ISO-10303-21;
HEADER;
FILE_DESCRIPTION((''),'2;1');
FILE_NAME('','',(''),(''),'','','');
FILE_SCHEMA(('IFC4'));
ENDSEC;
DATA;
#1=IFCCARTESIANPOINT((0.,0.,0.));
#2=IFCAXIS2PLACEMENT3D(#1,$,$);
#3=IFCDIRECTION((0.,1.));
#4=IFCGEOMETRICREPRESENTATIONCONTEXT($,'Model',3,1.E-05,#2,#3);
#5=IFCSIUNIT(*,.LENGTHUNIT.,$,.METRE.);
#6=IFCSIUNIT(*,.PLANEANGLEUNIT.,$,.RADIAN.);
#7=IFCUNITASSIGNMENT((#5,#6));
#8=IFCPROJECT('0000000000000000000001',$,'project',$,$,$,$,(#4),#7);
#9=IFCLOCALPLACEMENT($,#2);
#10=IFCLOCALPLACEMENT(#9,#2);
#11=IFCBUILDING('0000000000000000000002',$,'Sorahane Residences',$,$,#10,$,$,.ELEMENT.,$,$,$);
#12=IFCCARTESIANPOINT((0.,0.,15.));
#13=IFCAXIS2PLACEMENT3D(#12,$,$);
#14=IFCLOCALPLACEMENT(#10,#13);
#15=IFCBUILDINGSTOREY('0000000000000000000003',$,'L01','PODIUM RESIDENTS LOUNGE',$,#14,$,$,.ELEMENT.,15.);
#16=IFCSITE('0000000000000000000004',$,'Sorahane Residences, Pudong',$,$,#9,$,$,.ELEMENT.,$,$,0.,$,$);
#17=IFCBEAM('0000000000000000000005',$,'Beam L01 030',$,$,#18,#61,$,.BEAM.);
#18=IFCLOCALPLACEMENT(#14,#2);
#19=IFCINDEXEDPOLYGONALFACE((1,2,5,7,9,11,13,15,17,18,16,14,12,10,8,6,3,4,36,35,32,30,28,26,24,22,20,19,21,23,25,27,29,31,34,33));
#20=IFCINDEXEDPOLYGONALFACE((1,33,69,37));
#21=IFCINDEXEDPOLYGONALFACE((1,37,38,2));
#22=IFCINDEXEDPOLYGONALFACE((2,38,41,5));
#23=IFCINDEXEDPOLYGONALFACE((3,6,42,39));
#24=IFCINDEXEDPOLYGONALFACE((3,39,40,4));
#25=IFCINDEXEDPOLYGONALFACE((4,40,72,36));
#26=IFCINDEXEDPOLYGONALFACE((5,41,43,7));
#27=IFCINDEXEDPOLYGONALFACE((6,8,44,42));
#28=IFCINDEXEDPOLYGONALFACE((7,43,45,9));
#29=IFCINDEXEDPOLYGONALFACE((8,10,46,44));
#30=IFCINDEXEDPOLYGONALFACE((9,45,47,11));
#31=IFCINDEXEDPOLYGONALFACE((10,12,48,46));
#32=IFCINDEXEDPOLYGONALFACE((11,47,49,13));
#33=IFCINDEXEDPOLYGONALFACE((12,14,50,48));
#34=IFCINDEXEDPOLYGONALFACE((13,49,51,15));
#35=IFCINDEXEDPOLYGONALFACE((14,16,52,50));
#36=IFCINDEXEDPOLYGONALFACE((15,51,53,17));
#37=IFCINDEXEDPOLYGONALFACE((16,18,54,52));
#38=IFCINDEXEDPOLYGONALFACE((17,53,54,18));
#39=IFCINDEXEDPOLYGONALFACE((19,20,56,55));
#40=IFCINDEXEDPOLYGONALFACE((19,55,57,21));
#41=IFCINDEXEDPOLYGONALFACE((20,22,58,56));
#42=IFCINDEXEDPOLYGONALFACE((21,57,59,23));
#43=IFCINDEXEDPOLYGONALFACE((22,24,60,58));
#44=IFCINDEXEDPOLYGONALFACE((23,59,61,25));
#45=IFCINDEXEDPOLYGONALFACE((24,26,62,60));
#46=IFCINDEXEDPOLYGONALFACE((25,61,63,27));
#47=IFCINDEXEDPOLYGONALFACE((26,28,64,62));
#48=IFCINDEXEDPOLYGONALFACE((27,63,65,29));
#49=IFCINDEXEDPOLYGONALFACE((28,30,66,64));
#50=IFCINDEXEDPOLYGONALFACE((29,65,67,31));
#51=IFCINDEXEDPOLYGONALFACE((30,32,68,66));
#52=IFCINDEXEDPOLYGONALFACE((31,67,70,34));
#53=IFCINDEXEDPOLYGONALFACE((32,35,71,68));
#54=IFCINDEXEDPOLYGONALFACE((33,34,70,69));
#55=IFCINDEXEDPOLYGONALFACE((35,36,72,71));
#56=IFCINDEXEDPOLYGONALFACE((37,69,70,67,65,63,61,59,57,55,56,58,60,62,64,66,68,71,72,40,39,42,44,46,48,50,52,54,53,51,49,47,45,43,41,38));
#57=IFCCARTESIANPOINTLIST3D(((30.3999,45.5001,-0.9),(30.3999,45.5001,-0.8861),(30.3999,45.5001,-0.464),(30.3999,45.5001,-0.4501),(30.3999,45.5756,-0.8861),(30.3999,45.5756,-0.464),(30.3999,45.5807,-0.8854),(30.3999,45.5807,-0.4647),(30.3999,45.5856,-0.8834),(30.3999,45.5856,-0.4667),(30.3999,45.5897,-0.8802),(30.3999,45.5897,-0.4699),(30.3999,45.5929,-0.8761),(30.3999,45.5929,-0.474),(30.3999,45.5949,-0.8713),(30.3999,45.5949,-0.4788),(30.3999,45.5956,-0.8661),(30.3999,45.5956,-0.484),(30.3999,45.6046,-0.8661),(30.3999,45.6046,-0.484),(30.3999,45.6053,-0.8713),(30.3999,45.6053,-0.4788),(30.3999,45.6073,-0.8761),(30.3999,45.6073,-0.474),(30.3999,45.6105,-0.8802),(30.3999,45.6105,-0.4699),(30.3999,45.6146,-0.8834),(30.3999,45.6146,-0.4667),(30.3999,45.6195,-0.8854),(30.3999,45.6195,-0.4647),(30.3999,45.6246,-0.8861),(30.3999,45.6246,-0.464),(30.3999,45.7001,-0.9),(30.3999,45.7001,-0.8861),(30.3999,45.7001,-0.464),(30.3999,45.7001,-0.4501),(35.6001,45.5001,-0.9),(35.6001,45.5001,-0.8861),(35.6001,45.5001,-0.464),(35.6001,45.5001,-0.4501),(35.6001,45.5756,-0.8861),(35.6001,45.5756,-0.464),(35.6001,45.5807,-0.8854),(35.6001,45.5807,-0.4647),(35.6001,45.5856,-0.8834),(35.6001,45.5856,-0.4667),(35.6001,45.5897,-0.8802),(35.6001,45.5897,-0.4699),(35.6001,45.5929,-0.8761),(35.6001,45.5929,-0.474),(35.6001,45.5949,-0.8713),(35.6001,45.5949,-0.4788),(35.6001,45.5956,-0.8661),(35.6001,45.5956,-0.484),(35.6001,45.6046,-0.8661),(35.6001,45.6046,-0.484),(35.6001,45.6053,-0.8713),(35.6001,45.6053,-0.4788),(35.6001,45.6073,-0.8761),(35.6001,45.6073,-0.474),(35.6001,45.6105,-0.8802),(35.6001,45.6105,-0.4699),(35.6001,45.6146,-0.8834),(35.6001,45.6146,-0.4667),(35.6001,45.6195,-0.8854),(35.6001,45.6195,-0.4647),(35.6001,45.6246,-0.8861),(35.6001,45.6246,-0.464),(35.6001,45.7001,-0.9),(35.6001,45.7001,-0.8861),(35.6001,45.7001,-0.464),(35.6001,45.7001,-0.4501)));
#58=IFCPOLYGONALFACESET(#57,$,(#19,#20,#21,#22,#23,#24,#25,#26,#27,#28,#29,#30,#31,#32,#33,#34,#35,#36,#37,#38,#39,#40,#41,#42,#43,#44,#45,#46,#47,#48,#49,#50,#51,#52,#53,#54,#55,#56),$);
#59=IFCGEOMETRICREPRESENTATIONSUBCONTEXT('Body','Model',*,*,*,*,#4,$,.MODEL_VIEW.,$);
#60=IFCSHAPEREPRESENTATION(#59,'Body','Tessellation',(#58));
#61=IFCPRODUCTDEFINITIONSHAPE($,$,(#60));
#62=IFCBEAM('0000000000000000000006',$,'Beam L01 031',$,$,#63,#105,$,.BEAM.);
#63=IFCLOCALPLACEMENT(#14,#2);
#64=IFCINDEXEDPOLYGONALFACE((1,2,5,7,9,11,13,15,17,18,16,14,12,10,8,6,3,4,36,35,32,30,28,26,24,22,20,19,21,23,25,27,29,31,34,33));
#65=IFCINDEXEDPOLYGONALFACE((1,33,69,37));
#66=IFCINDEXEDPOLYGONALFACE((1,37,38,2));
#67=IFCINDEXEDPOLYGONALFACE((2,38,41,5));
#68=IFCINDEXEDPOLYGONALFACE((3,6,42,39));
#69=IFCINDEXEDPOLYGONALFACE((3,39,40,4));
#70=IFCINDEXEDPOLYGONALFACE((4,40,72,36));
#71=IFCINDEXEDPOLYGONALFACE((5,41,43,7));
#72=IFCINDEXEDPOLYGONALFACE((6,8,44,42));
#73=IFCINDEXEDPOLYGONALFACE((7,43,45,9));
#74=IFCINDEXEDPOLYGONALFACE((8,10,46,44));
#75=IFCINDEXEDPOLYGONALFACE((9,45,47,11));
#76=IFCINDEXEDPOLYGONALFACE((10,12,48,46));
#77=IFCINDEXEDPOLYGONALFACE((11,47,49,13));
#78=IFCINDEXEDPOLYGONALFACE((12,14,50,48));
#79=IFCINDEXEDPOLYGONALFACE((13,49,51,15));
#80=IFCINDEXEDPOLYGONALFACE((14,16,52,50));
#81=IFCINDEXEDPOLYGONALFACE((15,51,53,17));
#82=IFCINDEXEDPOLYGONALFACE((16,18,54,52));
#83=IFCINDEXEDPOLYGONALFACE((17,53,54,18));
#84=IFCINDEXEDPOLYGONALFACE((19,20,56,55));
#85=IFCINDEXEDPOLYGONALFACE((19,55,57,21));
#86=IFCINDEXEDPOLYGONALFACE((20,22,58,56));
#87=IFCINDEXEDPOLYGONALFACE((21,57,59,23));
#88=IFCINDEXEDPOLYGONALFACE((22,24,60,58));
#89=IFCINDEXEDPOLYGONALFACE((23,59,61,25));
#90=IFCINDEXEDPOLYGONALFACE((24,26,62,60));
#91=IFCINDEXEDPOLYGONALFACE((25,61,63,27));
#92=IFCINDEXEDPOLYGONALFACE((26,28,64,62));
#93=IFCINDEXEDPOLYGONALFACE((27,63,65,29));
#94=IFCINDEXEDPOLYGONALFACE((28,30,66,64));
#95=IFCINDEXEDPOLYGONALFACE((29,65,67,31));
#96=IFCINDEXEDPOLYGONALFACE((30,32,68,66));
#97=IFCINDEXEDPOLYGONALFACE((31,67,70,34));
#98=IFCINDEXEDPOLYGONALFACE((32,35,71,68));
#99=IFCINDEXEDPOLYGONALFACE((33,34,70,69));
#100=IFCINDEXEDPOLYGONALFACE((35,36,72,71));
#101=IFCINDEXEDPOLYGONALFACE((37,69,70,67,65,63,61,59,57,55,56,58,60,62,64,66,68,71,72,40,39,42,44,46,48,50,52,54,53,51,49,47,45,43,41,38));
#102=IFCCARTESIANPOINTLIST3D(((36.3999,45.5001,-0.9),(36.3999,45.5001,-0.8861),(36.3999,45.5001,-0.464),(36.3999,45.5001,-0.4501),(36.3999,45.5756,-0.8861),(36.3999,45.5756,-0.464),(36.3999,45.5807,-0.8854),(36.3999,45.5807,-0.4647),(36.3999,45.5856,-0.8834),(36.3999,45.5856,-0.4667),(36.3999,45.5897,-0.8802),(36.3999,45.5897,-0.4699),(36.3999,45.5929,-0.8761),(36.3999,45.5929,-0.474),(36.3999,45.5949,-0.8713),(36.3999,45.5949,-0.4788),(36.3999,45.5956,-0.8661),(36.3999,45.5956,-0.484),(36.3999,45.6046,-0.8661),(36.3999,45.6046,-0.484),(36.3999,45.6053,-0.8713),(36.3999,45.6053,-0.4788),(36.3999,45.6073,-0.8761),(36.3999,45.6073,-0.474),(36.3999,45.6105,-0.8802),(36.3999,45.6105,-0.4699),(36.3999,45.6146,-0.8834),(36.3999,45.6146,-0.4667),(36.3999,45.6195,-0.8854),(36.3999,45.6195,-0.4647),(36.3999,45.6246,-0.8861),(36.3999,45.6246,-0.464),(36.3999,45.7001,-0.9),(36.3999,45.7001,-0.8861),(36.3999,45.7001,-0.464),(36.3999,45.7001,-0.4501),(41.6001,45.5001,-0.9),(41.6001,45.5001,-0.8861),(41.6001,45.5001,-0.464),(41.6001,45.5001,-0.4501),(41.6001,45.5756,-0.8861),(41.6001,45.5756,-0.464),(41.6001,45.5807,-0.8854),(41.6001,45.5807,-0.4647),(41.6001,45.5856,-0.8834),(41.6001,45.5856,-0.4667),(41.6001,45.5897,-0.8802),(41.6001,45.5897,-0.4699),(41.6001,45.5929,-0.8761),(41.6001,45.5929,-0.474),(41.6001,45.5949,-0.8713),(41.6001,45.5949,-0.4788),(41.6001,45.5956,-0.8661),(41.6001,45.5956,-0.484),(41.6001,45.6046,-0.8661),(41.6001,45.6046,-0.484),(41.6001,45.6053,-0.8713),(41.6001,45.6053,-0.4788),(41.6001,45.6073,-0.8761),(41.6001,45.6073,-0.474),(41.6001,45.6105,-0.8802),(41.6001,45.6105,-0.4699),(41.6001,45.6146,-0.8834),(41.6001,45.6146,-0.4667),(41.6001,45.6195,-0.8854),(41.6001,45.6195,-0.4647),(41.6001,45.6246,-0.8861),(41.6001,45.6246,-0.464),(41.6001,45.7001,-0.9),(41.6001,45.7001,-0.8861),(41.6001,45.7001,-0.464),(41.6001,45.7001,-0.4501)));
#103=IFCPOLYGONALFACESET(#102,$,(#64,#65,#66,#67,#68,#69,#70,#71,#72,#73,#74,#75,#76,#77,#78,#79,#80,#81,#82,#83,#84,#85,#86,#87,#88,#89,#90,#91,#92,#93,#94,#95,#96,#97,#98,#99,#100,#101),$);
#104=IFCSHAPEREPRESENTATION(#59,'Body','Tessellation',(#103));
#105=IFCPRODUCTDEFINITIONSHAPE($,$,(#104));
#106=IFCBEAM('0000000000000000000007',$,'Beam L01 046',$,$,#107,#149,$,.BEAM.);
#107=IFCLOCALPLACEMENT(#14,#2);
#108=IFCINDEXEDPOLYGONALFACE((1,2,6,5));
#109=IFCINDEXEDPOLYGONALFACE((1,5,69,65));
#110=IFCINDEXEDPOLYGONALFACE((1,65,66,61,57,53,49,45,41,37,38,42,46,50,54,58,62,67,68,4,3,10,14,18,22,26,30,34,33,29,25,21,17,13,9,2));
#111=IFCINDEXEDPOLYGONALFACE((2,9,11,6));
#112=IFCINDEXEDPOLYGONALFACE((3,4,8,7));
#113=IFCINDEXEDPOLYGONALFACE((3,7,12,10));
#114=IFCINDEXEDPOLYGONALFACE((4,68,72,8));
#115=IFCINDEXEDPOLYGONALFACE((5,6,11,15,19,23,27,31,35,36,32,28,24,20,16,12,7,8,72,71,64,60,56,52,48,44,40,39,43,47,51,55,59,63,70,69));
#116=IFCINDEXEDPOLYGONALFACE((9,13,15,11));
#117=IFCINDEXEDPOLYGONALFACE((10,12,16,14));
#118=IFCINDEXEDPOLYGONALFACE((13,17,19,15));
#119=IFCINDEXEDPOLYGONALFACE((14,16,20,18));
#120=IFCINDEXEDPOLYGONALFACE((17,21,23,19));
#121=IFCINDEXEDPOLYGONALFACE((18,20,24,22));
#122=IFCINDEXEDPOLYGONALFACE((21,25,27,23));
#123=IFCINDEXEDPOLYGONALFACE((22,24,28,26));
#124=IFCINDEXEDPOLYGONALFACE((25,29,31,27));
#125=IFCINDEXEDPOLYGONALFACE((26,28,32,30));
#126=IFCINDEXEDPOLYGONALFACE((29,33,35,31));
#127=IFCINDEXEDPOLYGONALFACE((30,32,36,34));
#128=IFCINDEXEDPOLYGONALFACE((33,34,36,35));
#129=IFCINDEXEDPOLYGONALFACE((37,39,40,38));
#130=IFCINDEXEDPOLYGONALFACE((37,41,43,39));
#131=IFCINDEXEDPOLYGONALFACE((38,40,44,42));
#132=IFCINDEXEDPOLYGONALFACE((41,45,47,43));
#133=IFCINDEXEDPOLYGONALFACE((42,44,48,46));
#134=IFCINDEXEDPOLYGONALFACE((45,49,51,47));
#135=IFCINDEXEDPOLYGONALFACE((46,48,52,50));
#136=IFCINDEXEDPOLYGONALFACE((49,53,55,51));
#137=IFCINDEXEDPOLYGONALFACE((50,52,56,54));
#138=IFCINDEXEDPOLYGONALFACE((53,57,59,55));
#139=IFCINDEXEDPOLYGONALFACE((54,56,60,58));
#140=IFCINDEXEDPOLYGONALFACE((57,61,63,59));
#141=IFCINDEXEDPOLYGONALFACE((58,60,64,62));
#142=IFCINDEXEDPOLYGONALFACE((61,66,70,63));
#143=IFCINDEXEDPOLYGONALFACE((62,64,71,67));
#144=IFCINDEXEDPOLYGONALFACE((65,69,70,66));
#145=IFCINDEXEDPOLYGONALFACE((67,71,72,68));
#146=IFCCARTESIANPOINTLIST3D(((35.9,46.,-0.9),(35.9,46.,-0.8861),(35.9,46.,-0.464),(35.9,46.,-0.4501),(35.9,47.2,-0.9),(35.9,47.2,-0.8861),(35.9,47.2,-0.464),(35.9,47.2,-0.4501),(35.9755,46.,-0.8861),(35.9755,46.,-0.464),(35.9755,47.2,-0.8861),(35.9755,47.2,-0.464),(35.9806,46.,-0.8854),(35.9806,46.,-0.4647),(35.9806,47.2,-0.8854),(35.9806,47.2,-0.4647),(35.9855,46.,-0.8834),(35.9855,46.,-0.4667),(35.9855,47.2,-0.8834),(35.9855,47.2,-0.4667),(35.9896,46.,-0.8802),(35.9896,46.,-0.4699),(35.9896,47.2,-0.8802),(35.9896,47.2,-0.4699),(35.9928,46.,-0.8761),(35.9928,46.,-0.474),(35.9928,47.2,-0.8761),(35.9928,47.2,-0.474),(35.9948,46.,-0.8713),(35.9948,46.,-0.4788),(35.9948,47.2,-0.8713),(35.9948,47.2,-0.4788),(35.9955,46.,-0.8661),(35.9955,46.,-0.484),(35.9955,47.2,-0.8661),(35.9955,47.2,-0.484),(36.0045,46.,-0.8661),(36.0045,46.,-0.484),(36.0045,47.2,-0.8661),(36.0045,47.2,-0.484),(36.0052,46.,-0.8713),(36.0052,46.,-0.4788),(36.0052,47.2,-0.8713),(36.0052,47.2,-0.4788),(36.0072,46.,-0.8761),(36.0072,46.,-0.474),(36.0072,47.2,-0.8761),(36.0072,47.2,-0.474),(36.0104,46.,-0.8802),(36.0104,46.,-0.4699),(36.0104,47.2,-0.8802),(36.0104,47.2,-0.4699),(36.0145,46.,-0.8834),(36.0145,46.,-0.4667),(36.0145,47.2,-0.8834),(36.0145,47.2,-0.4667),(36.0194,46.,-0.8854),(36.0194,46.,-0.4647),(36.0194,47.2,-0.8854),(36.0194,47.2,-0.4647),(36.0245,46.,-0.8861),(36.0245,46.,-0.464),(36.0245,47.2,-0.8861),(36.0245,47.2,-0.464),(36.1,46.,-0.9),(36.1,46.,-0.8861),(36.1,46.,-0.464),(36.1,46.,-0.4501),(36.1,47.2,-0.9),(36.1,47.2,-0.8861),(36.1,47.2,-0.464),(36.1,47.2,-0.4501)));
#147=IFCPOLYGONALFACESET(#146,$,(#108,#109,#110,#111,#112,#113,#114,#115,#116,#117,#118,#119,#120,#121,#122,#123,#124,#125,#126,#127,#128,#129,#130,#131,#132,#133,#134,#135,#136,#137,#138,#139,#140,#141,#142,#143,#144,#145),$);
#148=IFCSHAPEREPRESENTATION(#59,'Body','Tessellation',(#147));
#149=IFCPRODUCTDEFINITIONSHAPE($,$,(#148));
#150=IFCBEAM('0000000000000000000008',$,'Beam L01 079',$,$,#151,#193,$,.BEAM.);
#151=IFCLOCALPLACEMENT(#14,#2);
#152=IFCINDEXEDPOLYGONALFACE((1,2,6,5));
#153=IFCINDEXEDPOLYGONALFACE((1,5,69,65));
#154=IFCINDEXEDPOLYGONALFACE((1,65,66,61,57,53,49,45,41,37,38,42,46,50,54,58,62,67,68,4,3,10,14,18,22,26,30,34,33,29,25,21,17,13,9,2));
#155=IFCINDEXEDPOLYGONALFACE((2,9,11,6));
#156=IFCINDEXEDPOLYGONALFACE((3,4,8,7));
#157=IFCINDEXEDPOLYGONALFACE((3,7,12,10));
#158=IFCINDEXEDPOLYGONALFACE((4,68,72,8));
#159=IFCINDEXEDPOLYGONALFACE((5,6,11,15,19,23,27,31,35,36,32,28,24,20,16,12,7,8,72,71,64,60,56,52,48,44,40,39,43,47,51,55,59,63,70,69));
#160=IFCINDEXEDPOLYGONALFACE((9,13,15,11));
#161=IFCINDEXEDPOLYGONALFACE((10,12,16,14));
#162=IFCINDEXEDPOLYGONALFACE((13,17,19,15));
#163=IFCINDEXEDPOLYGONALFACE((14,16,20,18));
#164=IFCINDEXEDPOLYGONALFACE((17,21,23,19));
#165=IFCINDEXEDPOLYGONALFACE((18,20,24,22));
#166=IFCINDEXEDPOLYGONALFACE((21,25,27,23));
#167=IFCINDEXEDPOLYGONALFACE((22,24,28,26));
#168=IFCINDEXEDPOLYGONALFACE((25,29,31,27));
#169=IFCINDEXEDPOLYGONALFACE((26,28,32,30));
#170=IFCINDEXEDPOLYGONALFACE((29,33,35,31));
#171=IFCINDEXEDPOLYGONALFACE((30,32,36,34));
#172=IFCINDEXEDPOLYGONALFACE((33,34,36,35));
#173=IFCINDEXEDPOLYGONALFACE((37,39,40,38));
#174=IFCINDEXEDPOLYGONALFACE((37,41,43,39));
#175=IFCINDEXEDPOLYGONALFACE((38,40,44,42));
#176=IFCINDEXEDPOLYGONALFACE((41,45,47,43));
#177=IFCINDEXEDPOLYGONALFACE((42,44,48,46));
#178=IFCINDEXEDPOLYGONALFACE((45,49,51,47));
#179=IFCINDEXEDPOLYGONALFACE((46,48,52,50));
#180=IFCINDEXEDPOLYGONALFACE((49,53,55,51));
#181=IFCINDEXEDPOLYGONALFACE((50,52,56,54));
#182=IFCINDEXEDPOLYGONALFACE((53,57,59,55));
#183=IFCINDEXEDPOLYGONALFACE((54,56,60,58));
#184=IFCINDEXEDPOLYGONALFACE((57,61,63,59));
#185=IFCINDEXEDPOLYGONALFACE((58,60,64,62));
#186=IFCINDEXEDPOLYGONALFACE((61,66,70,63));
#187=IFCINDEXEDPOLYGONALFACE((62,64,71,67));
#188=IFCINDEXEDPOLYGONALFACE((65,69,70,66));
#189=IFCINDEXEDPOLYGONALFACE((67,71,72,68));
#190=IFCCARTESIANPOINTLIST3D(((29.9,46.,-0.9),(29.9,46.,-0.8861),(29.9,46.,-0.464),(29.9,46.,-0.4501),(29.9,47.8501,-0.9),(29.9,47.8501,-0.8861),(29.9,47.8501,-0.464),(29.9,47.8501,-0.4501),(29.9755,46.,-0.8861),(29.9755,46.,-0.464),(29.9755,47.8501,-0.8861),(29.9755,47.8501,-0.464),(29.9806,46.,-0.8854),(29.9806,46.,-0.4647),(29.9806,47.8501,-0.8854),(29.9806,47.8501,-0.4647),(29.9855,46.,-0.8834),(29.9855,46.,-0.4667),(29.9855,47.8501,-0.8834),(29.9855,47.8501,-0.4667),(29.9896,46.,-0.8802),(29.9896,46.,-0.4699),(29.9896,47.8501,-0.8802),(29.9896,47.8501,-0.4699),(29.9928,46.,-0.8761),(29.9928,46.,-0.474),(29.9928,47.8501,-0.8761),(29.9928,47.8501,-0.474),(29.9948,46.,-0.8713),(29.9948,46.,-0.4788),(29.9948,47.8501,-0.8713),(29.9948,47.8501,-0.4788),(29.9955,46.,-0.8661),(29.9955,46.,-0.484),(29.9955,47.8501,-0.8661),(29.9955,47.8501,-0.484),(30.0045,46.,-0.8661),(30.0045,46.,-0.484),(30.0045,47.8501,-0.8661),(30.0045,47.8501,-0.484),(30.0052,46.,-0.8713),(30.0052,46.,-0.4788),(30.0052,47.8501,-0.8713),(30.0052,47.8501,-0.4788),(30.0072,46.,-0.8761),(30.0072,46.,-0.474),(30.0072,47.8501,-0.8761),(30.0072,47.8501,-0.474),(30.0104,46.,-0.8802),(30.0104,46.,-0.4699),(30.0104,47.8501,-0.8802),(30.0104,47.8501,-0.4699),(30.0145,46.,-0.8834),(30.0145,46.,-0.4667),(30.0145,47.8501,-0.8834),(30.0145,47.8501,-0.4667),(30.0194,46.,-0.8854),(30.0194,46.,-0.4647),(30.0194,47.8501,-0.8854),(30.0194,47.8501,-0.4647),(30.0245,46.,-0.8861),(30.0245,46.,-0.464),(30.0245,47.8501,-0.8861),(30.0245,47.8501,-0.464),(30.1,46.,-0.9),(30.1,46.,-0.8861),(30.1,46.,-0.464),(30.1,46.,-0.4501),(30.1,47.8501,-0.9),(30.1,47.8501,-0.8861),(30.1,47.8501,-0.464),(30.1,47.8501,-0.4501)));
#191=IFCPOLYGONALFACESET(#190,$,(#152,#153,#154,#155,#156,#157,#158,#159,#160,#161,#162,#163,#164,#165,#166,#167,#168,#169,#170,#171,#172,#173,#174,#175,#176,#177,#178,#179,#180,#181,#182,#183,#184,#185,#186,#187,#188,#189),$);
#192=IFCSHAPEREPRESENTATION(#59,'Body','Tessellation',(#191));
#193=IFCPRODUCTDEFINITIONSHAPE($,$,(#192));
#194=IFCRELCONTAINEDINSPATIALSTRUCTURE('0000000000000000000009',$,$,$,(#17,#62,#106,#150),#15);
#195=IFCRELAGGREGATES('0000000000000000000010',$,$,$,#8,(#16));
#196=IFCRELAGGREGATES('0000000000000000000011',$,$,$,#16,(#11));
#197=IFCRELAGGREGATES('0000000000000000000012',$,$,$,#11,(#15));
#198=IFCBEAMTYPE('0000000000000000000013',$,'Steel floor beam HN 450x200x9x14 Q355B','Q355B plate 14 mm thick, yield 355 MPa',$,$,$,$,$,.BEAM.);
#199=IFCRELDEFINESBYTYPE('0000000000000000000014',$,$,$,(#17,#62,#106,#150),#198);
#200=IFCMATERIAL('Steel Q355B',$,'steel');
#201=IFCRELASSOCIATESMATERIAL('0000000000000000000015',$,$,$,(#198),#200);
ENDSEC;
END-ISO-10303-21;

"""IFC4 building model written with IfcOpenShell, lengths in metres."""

from ifc_helpers import new_model, si_unit, direction, frame, origin, origin_2d, place, context, subcontext, project, spatial, i_section, extrude, material, material_profile, profile_set, type_object, element, save


model = new_model("IFC4")

# Units and contexts
model_context = context("Model", 3, precision=1e-05, world=origin(), true_north=direction((0.0, 1.0)))
body_context = subcontext(model_context, "Body", "Model", "MODEL_VIEW")
ifc_project = project(units=[si_unit("LENGTHUNIT", "METRE"), si_unit("PLANEANGLEUNIT", "RADIAN")], contexts=[model_context])

# Site, building, storey
site_placement = place(None, origin())
site = spatial("IfcSite", under=ifc_project, at=site_placement, Name="Sorahane Residences, Pudong", CompositionType="ELEMENT", RefElevation=0.0)
building_placement = place(site_placement, origin())
building = spatial("IfcBuilding", under=site, at=building_placement, Name="Sorahane Residences", CompositionType="ELEMENT")
storey_placement = place(building_placement, frame((0.0, 0.0, 15.0)))
storey = spatial("IfcBuildingStorey", under=building, at=storey_placement, Name="L01", Description="PODIUM RESIDENTS LOUNGE", CompositionType="ELEMENT", Elevation=15.0)

# Beams
ifc_material_1 = material(Name="Steel Q355B", Category="steel")
ifc_material_profile_1 = material_profile(ifc_material_1, i_section(OverallWidth=0.2, OverallDepth=0.45, WebThickness=0.009, FlangeThickness=0.0139, FilletRadius=0.02, at=origin_2d()), Name="HN 450x200x9x14")
ifc_profile_set_1 = profile_set([ifc_material_profile_1], Name="Steel Q355B")
beam_type_1 = type_object("IfcBeamType", Name="Steel floor beam HN 450x200x9x14 Q355B", Description="Q355B plate 14 mm thick, yield 355 MPa", PredefinedType="BEAM", material=ifc_profile_set_1)
for number, where, z_axis, x_axis, name in (
    (1, (30.3999, 45.6001, -0.675), (1.0, 0.0, 0.0), (0.0, 1.0, 0.0), "Beam L01 030"),
    (2, (36.3999, 45.6001, -0.675), (1.0, 0.0, 0.0), (0.0, 1.0, 0.0), "Beam L01 031"),
):
    element("IfcBeam", number, at=place(storey_placement, frame(where, z_axis=z_axis, x_axis=x_axis)), inside=storey, type_object=beam_type_1, Name=name, PredefinedType="BEAM", context=body_context, shape_type="SweptSolid", body=[
        extrude(i_section(OverallWidth=0.2, OverallDepth=0.45, WebThickness=0.009, FlangeThickness=0.0139, FilletRadius=0.02, at=origin_2d()), origin(), (0.0, 0.0, 1.0), 5.2002),
    ])
beam_1_placement = place(storey_placement, frame((36.0, 46.0, -0.675), z_axis=(0.0, 1.0, 0.0), x_axis=(-1.0, 0.0, 0.0)))
element("IfcBeam", 3, at=beam_1_placement, inside=storey, type_object=beam_type_1, Name="Beam L01 046", PredefinedType="BEAM", context=body_context, shape_type="SweptSolid", body=[
    extrude(i_section(OverallWidth=0.2, OverallDepth=0.45, WebThickness=0.009, FlangeThickness=0.0139, FilletRadius=0.02, at=origin_2d()), origin(), (0.0, 0.0, 1.0), 1.2),
])
beam_2_placement = place(storey_placement, frame((30.0, 46.0, -0.675), z_axis=(0.0, 1.0, 0.0), x_axis=(-1.0, 0.0, 0.0)))
element("IfcBeam", 4, at=beam_2_placement, inside=storey, type_object=beam_type_1, Name="Beam L01 079", PredefinedType="BEAM", context=body_context, shape_type="SweptSolid", body=[
    extrude(i_section(OverallWidth=0.2, OverallDepth=0.45, WebThickness=0.009, FlangeThickness=0.0139, FilletRadius=0.02, at=origin_2d()), origin(), (0.0, 0.0, 1.0), 1.8501),
])

save(model, "model.ifc")
